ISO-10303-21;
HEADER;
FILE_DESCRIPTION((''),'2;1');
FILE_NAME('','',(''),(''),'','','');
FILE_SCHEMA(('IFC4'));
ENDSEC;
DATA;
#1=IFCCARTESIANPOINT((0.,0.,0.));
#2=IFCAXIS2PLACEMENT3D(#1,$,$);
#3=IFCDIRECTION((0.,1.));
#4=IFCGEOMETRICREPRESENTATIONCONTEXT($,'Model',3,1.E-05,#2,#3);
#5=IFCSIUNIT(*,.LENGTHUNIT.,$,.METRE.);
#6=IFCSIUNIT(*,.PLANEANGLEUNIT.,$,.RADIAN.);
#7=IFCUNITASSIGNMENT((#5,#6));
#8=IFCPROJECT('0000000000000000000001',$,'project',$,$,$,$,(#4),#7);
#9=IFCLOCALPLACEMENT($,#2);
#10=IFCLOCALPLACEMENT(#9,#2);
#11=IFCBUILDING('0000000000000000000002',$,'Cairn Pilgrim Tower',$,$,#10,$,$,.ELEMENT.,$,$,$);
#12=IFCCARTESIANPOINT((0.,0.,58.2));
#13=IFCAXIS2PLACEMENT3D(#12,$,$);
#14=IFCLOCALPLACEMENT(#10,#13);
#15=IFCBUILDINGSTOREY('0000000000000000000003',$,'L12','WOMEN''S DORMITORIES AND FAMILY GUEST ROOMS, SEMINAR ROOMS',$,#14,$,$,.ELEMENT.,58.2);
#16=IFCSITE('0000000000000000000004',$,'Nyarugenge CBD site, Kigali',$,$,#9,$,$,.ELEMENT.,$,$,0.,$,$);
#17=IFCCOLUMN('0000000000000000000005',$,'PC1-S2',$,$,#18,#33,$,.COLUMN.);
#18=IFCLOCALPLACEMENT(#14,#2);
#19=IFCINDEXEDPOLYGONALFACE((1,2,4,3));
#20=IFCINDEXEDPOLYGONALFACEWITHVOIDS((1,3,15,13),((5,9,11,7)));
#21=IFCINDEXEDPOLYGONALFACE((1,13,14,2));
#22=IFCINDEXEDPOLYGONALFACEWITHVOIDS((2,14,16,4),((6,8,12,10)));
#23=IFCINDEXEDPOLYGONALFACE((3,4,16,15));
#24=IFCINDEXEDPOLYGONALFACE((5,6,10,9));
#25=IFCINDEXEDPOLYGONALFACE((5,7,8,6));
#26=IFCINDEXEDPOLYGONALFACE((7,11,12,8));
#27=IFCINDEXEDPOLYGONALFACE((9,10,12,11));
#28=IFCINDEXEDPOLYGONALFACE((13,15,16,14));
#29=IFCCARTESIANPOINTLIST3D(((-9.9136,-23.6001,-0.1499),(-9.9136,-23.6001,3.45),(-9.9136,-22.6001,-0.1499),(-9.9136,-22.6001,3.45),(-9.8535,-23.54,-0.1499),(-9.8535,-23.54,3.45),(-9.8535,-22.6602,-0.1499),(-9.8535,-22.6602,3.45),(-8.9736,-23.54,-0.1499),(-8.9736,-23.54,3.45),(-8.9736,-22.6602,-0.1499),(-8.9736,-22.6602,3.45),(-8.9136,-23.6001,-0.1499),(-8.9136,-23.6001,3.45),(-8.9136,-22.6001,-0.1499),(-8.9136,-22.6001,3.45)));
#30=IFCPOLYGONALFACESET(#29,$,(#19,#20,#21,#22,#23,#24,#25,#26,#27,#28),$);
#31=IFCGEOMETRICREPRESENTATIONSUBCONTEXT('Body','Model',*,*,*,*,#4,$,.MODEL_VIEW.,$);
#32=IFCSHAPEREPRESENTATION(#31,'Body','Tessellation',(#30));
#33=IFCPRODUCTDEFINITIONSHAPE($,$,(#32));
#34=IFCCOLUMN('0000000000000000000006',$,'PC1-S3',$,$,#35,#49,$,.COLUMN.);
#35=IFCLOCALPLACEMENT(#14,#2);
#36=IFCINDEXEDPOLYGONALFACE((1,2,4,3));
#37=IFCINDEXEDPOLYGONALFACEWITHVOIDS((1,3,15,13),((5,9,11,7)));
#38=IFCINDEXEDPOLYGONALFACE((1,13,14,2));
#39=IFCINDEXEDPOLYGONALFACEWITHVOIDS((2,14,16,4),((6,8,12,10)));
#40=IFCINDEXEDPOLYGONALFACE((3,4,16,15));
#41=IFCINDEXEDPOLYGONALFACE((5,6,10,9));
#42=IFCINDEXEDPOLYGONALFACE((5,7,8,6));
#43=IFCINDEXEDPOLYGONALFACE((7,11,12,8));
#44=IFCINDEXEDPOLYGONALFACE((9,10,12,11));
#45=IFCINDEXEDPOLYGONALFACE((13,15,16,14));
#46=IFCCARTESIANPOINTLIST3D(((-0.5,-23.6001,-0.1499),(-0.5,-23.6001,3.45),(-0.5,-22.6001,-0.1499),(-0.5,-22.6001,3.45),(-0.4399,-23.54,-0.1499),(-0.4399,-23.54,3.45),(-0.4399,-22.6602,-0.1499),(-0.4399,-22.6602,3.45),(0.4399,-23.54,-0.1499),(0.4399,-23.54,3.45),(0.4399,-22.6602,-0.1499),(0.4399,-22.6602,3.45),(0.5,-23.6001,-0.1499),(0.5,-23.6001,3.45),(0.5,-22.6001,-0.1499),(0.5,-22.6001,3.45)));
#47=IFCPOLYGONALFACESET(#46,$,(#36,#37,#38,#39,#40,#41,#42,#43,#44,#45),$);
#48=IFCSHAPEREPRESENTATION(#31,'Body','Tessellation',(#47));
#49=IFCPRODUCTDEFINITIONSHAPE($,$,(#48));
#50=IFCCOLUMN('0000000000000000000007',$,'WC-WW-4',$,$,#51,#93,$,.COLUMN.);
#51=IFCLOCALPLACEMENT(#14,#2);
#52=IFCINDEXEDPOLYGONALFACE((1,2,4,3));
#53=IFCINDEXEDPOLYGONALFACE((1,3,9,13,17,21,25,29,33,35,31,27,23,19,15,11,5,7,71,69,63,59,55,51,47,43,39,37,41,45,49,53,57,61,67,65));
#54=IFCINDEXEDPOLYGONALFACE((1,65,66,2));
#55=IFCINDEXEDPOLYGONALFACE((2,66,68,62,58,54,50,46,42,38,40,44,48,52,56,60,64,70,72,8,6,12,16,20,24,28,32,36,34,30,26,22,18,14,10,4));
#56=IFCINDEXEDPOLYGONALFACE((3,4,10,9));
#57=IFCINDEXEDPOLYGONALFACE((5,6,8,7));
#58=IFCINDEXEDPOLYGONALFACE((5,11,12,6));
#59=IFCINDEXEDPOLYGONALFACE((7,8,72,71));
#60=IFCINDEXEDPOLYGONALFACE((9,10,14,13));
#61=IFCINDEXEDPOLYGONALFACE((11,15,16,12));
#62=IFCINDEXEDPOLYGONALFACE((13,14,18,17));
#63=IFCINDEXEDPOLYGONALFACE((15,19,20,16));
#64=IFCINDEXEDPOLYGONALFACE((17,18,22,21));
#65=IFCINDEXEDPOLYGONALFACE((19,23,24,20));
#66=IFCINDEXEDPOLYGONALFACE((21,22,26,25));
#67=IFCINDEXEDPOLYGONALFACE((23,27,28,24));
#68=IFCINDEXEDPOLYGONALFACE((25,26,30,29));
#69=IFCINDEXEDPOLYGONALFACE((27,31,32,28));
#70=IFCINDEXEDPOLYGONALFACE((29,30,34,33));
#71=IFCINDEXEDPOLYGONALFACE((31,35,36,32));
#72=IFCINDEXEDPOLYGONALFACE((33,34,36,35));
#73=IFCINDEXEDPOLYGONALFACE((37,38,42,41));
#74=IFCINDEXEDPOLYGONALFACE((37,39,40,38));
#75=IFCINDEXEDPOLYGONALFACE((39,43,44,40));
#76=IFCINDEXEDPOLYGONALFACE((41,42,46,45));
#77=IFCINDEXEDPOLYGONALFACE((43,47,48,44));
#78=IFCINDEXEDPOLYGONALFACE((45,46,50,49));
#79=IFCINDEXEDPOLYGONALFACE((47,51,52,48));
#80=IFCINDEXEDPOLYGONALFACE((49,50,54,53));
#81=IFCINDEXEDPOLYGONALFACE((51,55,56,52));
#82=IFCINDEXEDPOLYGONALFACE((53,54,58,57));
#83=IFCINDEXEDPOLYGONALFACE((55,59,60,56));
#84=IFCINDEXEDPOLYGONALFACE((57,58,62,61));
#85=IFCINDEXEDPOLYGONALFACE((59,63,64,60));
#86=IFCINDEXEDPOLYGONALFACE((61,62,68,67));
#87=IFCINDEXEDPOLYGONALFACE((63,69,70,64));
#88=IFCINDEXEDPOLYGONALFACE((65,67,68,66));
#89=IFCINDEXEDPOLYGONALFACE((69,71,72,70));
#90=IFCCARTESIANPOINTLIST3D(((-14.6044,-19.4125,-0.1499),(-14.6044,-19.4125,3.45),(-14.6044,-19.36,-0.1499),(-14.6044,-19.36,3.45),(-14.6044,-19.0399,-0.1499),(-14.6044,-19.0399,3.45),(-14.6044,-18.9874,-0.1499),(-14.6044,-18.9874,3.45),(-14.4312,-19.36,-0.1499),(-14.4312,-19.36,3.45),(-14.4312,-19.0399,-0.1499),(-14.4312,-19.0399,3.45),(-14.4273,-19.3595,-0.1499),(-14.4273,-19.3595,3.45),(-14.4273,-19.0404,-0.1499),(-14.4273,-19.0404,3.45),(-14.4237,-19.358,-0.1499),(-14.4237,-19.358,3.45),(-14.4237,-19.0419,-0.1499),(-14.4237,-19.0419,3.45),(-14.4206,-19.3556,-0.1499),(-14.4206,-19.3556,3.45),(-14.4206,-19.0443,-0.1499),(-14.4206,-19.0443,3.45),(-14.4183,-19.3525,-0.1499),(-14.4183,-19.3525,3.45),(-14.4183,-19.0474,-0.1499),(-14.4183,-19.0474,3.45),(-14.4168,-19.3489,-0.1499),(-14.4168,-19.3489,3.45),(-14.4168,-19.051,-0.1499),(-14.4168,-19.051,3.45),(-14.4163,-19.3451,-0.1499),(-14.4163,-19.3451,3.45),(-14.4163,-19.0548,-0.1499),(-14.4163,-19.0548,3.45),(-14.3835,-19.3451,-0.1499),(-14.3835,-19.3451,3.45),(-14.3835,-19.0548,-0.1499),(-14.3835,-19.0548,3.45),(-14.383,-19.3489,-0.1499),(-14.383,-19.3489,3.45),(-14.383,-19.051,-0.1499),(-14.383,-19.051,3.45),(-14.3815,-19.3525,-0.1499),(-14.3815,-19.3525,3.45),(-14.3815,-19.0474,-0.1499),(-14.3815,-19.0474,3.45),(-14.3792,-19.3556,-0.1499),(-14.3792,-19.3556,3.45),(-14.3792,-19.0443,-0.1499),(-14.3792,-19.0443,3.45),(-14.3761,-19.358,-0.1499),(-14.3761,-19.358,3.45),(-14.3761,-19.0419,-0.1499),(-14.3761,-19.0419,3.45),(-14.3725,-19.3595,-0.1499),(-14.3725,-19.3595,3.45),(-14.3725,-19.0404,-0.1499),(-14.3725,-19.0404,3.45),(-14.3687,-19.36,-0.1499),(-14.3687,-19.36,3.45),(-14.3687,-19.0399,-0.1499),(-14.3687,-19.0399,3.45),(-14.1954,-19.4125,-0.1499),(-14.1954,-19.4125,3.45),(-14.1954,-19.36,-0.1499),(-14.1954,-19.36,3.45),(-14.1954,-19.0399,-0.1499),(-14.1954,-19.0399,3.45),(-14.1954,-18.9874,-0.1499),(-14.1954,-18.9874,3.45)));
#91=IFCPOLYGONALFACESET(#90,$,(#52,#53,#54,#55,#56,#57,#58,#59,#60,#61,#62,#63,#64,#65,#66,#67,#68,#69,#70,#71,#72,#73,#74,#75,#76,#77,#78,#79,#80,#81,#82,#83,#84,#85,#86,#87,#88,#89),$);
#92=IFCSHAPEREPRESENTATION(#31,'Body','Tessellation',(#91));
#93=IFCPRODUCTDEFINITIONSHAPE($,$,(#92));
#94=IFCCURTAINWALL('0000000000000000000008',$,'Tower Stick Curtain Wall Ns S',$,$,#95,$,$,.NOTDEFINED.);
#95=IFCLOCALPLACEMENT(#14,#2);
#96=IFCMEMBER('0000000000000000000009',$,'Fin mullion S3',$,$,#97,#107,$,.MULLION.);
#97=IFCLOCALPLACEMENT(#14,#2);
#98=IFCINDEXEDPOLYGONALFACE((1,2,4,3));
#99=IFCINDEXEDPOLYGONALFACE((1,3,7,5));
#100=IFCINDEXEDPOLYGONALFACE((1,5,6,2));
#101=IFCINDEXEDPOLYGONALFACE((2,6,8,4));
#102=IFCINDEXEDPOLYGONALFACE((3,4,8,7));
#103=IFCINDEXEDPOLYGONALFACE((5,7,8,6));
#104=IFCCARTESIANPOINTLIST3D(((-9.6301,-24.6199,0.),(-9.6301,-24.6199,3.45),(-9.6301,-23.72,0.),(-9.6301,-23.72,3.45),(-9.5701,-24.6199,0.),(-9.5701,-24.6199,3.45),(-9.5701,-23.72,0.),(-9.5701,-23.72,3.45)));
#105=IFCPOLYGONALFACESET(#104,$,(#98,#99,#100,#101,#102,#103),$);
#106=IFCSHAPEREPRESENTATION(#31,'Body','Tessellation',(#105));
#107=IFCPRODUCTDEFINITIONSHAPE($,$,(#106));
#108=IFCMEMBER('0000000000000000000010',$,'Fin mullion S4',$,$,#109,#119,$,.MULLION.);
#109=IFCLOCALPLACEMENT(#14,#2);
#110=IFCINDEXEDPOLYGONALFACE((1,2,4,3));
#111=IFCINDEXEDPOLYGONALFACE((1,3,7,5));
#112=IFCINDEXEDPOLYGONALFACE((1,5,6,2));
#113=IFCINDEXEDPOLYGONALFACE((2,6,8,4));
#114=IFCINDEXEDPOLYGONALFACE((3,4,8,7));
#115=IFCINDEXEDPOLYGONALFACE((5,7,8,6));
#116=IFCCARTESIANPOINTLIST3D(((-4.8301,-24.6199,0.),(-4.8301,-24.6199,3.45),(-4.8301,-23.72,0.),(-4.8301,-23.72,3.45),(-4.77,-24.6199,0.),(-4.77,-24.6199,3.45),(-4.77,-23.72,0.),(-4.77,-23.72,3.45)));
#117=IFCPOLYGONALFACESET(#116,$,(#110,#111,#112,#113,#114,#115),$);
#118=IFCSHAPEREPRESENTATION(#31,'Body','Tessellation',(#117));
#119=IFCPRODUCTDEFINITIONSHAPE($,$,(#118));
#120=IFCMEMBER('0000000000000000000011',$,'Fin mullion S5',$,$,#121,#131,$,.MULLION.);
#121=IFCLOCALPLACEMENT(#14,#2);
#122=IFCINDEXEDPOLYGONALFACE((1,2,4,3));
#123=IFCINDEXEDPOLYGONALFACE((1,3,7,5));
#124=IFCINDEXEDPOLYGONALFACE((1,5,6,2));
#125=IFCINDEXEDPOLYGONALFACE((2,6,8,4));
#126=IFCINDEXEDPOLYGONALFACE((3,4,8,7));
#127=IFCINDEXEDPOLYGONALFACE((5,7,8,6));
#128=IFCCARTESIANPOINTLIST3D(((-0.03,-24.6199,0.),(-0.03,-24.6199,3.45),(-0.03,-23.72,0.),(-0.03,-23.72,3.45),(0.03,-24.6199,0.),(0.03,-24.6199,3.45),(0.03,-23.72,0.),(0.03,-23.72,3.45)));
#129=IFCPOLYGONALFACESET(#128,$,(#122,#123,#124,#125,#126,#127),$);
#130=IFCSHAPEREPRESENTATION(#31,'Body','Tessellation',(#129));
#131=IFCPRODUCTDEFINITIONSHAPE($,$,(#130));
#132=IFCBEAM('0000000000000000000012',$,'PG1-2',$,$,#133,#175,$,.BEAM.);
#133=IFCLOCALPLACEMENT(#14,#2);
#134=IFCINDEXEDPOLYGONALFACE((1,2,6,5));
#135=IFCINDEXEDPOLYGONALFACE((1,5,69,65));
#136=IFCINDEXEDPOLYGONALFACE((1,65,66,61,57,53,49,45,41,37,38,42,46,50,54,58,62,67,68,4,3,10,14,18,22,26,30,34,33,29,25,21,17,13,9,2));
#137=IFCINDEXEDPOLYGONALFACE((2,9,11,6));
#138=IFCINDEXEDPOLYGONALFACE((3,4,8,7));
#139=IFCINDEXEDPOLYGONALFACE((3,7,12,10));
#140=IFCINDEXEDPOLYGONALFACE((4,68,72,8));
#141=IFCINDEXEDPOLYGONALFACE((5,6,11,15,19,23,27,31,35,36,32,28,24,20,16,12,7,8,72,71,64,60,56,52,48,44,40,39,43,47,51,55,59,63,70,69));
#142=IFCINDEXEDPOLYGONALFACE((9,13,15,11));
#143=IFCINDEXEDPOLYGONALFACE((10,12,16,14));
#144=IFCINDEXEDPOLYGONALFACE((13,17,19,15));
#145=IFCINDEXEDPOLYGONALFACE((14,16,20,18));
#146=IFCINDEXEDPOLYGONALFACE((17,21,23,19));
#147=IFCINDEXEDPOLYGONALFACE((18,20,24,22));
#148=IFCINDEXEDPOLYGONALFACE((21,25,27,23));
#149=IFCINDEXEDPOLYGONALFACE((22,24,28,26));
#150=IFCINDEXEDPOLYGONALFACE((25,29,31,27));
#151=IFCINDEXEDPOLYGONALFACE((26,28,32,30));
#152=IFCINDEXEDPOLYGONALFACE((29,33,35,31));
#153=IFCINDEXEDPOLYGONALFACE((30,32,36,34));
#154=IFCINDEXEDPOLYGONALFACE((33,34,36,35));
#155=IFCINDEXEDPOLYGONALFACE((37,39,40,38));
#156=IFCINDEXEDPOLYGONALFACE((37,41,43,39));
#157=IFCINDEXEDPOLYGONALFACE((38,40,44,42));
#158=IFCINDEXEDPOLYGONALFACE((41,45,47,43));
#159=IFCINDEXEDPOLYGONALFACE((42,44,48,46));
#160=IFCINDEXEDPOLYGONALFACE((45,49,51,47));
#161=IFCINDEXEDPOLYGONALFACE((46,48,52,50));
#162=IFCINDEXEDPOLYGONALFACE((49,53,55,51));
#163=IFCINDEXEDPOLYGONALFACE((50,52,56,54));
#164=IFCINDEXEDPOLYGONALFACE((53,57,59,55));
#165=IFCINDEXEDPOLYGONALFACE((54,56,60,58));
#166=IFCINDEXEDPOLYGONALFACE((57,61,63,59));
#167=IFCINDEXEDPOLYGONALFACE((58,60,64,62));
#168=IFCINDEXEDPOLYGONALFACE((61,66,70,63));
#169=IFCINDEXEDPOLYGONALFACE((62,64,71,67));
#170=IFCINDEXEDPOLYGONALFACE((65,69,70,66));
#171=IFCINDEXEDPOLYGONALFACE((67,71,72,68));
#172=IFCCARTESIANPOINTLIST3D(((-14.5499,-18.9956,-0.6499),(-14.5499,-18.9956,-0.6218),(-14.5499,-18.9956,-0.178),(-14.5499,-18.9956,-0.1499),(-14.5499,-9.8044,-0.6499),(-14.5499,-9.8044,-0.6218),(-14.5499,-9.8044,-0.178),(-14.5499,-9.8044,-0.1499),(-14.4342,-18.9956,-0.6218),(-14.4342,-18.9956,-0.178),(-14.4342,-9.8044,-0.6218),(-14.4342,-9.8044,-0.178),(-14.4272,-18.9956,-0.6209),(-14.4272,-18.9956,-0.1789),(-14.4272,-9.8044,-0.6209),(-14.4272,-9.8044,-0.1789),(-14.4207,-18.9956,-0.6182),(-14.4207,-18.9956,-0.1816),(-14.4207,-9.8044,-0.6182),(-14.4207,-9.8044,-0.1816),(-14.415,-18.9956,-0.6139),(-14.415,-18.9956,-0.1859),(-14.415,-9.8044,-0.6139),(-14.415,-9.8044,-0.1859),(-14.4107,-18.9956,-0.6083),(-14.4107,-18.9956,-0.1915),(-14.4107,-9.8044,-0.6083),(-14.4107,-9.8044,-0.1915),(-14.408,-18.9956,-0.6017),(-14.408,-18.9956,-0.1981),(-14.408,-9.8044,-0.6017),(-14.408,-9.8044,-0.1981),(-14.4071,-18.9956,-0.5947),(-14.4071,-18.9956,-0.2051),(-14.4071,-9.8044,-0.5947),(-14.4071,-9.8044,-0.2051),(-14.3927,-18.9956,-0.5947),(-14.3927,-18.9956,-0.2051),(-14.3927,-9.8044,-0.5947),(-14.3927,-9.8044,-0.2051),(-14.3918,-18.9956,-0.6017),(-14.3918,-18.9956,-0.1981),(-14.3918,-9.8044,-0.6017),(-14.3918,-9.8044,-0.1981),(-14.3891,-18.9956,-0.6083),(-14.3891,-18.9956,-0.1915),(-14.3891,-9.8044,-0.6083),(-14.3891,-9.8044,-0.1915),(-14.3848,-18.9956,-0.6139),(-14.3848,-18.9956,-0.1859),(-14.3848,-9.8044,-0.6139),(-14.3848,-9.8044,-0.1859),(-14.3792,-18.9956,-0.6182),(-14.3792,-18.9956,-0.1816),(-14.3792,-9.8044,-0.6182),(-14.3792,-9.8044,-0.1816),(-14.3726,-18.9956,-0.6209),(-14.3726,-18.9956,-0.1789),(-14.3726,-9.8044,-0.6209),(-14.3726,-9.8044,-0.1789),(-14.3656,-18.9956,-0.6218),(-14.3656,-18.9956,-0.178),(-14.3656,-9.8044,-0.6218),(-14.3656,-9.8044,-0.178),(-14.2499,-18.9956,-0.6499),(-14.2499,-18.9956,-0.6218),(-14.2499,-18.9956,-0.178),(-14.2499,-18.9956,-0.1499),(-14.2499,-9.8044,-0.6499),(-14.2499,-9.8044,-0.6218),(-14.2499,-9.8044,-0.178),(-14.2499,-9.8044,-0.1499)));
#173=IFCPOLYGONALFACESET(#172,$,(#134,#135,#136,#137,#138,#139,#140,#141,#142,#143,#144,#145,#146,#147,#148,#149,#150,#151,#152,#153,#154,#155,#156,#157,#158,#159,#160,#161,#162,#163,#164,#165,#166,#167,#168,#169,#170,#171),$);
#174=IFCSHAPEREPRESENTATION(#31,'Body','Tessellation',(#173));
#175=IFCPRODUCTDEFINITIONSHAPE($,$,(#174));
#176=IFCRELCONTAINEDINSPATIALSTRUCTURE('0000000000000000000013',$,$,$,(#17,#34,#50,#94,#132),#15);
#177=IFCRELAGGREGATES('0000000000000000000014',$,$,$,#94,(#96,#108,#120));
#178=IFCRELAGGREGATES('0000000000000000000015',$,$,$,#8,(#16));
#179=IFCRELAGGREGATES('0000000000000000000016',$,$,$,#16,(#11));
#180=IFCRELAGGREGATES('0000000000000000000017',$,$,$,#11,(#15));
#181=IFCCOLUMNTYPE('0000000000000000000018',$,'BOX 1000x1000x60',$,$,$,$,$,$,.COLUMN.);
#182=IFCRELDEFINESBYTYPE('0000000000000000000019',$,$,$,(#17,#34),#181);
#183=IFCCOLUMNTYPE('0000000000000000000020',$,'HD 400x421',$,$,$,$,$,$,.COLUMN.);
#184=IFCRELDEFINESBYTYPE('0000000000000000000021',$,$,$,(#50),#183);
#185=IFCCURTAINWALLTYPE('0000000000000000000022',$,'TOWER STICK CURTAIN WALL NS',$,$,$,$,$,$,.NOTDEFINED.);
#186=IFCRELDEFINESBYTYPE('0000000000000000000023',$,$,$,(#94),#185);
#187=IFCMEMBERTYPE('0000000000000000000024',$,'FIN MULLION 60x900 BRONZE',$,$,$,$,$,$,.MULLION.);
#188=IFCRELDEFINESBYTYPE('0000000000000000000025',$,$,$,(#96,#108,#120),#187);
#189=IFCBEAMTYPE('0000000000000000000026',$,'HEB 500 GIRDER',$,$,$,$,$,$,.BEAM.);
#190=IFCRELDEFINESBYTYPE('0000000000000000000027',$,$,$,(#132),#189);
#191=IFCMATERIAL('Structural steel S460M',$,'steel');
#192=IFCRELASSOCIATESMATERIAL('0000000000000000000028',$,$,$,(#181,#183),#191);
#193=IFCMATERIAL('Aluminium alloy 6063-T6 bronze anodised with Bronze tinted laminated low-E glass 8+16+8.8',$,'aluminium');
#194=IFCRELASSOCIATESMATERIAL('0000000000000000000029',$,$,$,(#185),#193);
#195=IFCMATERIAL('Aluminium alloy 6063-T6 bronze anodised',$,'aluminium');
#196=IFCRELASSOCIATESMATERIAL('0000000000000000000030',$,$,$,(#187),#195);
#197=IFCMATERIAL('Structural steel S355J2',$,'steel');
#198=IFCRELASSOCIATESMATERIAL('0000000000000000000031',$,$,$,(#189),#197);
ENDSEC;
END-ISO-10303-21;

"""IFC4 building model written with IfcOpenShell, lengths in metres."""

from ifc_helpers import new_model, si_unit, direction, frame, origin, origin_2d, place, context, subcontext, project, spatial, rectangle, hollow_rectangle, i_section, extrude, material, material_profile, profile_set, type_object, element, aggregate, save


model = new_model("IFC4")

# Units and contexts
model_context = context("Model", 3, precision=1e-05, world=origin(), true_north=direction((0.0, 1.0)))
body_context = subcontext(model_context, "Body", "Model", "MODEL_VIEW")
ifc_project = project(units=[si_unit("LENGTHUNIT", "METRE"), si_unit("PLANEANGLEUNIT", "RADIAN")], contexts=[model_context])

# Site, building, storey
site_placement = place(None, origin())
site = spatial("IfcSite", under=ifc_project, at=site_placement, Name="Nyarugenge CBD site, Kigali", CompositionType="ELEMENT", RefElevation=0.0)
building_placement = place(site_placement, origin())
building = spatial("IfcBuilding", under=site, at=building_placement, Name="Cairn Pilgrim Tower", CompositionType="ELEMENT")
storey_placement = place(building_placement, frame((0.0, 0.0, 58.2)))
storey = spatial("IfcBuildingStorey", under=building, at=storey_placement, Name="L12", Description="WOMEN'S DORMITORIES AND FAMILY GUEST ROOMS, SEMINAR ROOMS", CompositionType="ELEMENT", Elevation=58.2)

# Columns
ifc_material_1 = material(Name="Structural steel S460M", Category="steel")
ifc_material_profile_1 = material_profile(ifc_material_1, hollow_rectangle(XDim=1.0, YDim=1.0, WallThickness=0.0601, at=origin_2d()), Name="BOX 1000x1000x60")
ifc_profile_set_1 = profile_set([ifc_material_profile_1], Name="Structural steel S460M")
column_type_1 = type_object("IfcColumnType", Name="BOX 1000x1000x60", PredefinedType="COLUMN", material=ifc_profile_set_1)
for number, where, z_axis, x_axis, name in (
    (1, (-9.4136, -23.1001, -0.1499), (0.0, 0.0, 1.0), (1.0, 0.0, 0.0), "PC1-S2"),
    (2, (0.0, -23.1001, -0.1499), (0.0, 0.0, 1.0), (1.0, 0.0, 0.0), "PC1-S3"),
):
    element("IfcColumn", number, at=place(storey_placement, frame(where, z_axis=z_axis, x_axis=x_axis)), inside=storey, type_object=column_type_1, Name=name, PredefinedType="COLUMN", context=body_context, shape_type="SweptSolid", body=[
        extrude(hollow_rectangle(XDim=1.0, YDim=1.0, WallThickness=0.0601, at=origin_2d()), origin(), (0.0, 0.0, 1.0), 3.5999),
    ])
ifc_material_profile_2 = material_profile(ifc_material_1, i_section(OverallWidth=0.4089, OverallDepth=0.425, WebThickness=0.0327, FlangeThickness=0.0525, FilletRadius=0.0149, at=origin_2d()), Name="HD 400x421")
ifc_profile_set_2 = profile_set([ifc_material_profile_2], Name="Structural steel S460M")
column_type_2 = type_object("IfcColumnType", Name="HD 400x421", PredefinedType="COLUMN", material=ifc_profile_set_2)
column_placement = place(storey_placement, frame((-14.3999, -19.2, -0.1499), z_axis=(0.0, 0.0, 1.0), x_axis=(1.0, 0.0, 0.0)))
element("IfcColumn", 3, at=column_placement, inside=storey, type_object=column_type_2, Name="WC-WW-4", PredefinedType="COLUMN", context=body_context, shape_type="SweptSolid", body=[
    extrude(i_section(OverallWidth=0.4089, OverallDepth=0.425, WebThickness=0.0327, FlangeThickness=0.0525, FilletRadius=0.0149, at=origin_2d()), origin(), (0.0, 0.0, 1.0), 3.5999),
])

# Curtain wall, members
ifc_material_2 = material(Name="Aluminium alloy 6063-T6 bronze anodised with Bronze tinted laminated low-E glass 8+16+8.8", Category="aluminium")
curtain_wall_type = type_object("IfcCurtainWallType", Name="TOWER STICK CURTAIN WALL NS", PredefinedType="NOTDEFINED", material=ifc_material_2)
curtain_wall_placement = place(storey_placement, origin())
curtain_wall = element("IfcCurtainWall", 4, at=curtain_wall_placement, inside=storey, type_object=curtain_wall_type, Name="Tower Stick Curtain Wall Ns S", PredefinedType="NOTDEFINED")
ifc_material_3 = material(Name="Aluminium alloy 6063-T6 bronze anodised", Category="aluminium")
ifc_material_profile_3 = material_profile(ifc_material_3, rectangle(XDim=0.8999, YDim=0.0601, at=origin_2d()), Name="FIN MULLION 60x900 BRONZE")
ifc_profile_set_3 = profile_set([ifc_material_profile_3], Name="Aluminium alloy 6063-T6 bronze anodised")
member_type_1 = type_object("IfcMemberType", Name="FIN MULLION 60x900 BRONZE", PredefinedType="MULLION", material=ifc_profile_set_3)
member_1_placement = place(storey_placement, frame((-9.6001, -24.1699, 0.0), z_axis=(0.0, 0.0, 1.0), x_axis=(0.0, -1.0, 0.0)))
member_1 = element("IfcMember", 5, at=member_1_placement, type_object=member_type_1, Name="Fin mullion S3", PredefinedType="MULLION", context=body_context, shape_type="SweptSolid", body=[
    extrude(rectangle(XDim=0.8999, YDim=0.0601, at=origin_2d()), origin(), (0.0, 0.0, 1.0), 3.45),
])
member_2_placement = place(storey_placement, frame((-4.8, -24.1699, 0.0), z_axis=(0.0, 0.0, 1.0), x_axis=(0.0, -1.0, 0.0)))
member_2 = element("IfcMember", 6, at=member_2_placement, type_object=member_type_1, Name="Fin mullion S4", PredefinedType="MULLION", context=body_context, shape_type="SweptSolid", body=[
    extrude(rectangle(XDim=0.8999, YDim=0.0601, at=origin_2d()), origin(), (0.0, 0.0, 1.0), 3.45),
])
member_3_placement = place(storey_placement, frame((0.0, -24.1699, 0.0), z_axis=(0.0, 0.0, 1.0), x_axis=(0.0, -1.0, 0.0)))
member_3 = element("IfcMember", 7, at=member_3_placement, type_object=member_type_1, Name="Fin mullion S5", PredefinedType="MULLION", context=body_context, shape_type="SweptSolid", body=[
    extrude(rectangle(XDim=0.8999, YDim=0.0601, at=origin_2d()), origin(), (0.0, 0.0, 1.0), 3.45),
])

# Beam
ifc_material_4 = material(Name="Structural steel S355J2", Category="steel")
ifc_material_profile_4 = material_profile(ifc_material_4, i_section(OverallWidth=0.3, OverallDepth=0.5, WebThickness=0.0144, FlangeThickness=0.0281, FilletRadius=0.0271, at=origin_2d()), Name="HEB 500")
ifc_profile_set_4 = profile_set([ifc_material_profile_4], Name="Structural steel S355J2")
beam_type_1 = type_object("IfcBeamType", Name="HEB 500 GIRDER", PredefinedType="BEAM", material=ifc_profile_set_4)
beam_1_placement = place(storey_placement, frame((-14.3999, -18.9956, -0.3999), z_axis=(0.0, 1.0, 0.0), x_axis=(-1.0, 0.0, 0.0)))
element("IfcBeam", 8, at=beam_1_placement, inside=storey, type_object=beam_type_1, Name="PG1-2", PredefinedType="BEAM", context=body_context, shape_type="SweptSolid", body=[
    extrude(i_section(OverallWidth=0.3, OverallDepth=0.5, WebThickness=0.0144, FlangeThickness=0.0281, FilletRadius=0.0271, at=origin_2d()), origin(), (0.0, 0.0, 1.0), 9.1912),
])

aggregate(curtain_wall, [member_1, member_2, member_3])

save(model, "model.ifc")
